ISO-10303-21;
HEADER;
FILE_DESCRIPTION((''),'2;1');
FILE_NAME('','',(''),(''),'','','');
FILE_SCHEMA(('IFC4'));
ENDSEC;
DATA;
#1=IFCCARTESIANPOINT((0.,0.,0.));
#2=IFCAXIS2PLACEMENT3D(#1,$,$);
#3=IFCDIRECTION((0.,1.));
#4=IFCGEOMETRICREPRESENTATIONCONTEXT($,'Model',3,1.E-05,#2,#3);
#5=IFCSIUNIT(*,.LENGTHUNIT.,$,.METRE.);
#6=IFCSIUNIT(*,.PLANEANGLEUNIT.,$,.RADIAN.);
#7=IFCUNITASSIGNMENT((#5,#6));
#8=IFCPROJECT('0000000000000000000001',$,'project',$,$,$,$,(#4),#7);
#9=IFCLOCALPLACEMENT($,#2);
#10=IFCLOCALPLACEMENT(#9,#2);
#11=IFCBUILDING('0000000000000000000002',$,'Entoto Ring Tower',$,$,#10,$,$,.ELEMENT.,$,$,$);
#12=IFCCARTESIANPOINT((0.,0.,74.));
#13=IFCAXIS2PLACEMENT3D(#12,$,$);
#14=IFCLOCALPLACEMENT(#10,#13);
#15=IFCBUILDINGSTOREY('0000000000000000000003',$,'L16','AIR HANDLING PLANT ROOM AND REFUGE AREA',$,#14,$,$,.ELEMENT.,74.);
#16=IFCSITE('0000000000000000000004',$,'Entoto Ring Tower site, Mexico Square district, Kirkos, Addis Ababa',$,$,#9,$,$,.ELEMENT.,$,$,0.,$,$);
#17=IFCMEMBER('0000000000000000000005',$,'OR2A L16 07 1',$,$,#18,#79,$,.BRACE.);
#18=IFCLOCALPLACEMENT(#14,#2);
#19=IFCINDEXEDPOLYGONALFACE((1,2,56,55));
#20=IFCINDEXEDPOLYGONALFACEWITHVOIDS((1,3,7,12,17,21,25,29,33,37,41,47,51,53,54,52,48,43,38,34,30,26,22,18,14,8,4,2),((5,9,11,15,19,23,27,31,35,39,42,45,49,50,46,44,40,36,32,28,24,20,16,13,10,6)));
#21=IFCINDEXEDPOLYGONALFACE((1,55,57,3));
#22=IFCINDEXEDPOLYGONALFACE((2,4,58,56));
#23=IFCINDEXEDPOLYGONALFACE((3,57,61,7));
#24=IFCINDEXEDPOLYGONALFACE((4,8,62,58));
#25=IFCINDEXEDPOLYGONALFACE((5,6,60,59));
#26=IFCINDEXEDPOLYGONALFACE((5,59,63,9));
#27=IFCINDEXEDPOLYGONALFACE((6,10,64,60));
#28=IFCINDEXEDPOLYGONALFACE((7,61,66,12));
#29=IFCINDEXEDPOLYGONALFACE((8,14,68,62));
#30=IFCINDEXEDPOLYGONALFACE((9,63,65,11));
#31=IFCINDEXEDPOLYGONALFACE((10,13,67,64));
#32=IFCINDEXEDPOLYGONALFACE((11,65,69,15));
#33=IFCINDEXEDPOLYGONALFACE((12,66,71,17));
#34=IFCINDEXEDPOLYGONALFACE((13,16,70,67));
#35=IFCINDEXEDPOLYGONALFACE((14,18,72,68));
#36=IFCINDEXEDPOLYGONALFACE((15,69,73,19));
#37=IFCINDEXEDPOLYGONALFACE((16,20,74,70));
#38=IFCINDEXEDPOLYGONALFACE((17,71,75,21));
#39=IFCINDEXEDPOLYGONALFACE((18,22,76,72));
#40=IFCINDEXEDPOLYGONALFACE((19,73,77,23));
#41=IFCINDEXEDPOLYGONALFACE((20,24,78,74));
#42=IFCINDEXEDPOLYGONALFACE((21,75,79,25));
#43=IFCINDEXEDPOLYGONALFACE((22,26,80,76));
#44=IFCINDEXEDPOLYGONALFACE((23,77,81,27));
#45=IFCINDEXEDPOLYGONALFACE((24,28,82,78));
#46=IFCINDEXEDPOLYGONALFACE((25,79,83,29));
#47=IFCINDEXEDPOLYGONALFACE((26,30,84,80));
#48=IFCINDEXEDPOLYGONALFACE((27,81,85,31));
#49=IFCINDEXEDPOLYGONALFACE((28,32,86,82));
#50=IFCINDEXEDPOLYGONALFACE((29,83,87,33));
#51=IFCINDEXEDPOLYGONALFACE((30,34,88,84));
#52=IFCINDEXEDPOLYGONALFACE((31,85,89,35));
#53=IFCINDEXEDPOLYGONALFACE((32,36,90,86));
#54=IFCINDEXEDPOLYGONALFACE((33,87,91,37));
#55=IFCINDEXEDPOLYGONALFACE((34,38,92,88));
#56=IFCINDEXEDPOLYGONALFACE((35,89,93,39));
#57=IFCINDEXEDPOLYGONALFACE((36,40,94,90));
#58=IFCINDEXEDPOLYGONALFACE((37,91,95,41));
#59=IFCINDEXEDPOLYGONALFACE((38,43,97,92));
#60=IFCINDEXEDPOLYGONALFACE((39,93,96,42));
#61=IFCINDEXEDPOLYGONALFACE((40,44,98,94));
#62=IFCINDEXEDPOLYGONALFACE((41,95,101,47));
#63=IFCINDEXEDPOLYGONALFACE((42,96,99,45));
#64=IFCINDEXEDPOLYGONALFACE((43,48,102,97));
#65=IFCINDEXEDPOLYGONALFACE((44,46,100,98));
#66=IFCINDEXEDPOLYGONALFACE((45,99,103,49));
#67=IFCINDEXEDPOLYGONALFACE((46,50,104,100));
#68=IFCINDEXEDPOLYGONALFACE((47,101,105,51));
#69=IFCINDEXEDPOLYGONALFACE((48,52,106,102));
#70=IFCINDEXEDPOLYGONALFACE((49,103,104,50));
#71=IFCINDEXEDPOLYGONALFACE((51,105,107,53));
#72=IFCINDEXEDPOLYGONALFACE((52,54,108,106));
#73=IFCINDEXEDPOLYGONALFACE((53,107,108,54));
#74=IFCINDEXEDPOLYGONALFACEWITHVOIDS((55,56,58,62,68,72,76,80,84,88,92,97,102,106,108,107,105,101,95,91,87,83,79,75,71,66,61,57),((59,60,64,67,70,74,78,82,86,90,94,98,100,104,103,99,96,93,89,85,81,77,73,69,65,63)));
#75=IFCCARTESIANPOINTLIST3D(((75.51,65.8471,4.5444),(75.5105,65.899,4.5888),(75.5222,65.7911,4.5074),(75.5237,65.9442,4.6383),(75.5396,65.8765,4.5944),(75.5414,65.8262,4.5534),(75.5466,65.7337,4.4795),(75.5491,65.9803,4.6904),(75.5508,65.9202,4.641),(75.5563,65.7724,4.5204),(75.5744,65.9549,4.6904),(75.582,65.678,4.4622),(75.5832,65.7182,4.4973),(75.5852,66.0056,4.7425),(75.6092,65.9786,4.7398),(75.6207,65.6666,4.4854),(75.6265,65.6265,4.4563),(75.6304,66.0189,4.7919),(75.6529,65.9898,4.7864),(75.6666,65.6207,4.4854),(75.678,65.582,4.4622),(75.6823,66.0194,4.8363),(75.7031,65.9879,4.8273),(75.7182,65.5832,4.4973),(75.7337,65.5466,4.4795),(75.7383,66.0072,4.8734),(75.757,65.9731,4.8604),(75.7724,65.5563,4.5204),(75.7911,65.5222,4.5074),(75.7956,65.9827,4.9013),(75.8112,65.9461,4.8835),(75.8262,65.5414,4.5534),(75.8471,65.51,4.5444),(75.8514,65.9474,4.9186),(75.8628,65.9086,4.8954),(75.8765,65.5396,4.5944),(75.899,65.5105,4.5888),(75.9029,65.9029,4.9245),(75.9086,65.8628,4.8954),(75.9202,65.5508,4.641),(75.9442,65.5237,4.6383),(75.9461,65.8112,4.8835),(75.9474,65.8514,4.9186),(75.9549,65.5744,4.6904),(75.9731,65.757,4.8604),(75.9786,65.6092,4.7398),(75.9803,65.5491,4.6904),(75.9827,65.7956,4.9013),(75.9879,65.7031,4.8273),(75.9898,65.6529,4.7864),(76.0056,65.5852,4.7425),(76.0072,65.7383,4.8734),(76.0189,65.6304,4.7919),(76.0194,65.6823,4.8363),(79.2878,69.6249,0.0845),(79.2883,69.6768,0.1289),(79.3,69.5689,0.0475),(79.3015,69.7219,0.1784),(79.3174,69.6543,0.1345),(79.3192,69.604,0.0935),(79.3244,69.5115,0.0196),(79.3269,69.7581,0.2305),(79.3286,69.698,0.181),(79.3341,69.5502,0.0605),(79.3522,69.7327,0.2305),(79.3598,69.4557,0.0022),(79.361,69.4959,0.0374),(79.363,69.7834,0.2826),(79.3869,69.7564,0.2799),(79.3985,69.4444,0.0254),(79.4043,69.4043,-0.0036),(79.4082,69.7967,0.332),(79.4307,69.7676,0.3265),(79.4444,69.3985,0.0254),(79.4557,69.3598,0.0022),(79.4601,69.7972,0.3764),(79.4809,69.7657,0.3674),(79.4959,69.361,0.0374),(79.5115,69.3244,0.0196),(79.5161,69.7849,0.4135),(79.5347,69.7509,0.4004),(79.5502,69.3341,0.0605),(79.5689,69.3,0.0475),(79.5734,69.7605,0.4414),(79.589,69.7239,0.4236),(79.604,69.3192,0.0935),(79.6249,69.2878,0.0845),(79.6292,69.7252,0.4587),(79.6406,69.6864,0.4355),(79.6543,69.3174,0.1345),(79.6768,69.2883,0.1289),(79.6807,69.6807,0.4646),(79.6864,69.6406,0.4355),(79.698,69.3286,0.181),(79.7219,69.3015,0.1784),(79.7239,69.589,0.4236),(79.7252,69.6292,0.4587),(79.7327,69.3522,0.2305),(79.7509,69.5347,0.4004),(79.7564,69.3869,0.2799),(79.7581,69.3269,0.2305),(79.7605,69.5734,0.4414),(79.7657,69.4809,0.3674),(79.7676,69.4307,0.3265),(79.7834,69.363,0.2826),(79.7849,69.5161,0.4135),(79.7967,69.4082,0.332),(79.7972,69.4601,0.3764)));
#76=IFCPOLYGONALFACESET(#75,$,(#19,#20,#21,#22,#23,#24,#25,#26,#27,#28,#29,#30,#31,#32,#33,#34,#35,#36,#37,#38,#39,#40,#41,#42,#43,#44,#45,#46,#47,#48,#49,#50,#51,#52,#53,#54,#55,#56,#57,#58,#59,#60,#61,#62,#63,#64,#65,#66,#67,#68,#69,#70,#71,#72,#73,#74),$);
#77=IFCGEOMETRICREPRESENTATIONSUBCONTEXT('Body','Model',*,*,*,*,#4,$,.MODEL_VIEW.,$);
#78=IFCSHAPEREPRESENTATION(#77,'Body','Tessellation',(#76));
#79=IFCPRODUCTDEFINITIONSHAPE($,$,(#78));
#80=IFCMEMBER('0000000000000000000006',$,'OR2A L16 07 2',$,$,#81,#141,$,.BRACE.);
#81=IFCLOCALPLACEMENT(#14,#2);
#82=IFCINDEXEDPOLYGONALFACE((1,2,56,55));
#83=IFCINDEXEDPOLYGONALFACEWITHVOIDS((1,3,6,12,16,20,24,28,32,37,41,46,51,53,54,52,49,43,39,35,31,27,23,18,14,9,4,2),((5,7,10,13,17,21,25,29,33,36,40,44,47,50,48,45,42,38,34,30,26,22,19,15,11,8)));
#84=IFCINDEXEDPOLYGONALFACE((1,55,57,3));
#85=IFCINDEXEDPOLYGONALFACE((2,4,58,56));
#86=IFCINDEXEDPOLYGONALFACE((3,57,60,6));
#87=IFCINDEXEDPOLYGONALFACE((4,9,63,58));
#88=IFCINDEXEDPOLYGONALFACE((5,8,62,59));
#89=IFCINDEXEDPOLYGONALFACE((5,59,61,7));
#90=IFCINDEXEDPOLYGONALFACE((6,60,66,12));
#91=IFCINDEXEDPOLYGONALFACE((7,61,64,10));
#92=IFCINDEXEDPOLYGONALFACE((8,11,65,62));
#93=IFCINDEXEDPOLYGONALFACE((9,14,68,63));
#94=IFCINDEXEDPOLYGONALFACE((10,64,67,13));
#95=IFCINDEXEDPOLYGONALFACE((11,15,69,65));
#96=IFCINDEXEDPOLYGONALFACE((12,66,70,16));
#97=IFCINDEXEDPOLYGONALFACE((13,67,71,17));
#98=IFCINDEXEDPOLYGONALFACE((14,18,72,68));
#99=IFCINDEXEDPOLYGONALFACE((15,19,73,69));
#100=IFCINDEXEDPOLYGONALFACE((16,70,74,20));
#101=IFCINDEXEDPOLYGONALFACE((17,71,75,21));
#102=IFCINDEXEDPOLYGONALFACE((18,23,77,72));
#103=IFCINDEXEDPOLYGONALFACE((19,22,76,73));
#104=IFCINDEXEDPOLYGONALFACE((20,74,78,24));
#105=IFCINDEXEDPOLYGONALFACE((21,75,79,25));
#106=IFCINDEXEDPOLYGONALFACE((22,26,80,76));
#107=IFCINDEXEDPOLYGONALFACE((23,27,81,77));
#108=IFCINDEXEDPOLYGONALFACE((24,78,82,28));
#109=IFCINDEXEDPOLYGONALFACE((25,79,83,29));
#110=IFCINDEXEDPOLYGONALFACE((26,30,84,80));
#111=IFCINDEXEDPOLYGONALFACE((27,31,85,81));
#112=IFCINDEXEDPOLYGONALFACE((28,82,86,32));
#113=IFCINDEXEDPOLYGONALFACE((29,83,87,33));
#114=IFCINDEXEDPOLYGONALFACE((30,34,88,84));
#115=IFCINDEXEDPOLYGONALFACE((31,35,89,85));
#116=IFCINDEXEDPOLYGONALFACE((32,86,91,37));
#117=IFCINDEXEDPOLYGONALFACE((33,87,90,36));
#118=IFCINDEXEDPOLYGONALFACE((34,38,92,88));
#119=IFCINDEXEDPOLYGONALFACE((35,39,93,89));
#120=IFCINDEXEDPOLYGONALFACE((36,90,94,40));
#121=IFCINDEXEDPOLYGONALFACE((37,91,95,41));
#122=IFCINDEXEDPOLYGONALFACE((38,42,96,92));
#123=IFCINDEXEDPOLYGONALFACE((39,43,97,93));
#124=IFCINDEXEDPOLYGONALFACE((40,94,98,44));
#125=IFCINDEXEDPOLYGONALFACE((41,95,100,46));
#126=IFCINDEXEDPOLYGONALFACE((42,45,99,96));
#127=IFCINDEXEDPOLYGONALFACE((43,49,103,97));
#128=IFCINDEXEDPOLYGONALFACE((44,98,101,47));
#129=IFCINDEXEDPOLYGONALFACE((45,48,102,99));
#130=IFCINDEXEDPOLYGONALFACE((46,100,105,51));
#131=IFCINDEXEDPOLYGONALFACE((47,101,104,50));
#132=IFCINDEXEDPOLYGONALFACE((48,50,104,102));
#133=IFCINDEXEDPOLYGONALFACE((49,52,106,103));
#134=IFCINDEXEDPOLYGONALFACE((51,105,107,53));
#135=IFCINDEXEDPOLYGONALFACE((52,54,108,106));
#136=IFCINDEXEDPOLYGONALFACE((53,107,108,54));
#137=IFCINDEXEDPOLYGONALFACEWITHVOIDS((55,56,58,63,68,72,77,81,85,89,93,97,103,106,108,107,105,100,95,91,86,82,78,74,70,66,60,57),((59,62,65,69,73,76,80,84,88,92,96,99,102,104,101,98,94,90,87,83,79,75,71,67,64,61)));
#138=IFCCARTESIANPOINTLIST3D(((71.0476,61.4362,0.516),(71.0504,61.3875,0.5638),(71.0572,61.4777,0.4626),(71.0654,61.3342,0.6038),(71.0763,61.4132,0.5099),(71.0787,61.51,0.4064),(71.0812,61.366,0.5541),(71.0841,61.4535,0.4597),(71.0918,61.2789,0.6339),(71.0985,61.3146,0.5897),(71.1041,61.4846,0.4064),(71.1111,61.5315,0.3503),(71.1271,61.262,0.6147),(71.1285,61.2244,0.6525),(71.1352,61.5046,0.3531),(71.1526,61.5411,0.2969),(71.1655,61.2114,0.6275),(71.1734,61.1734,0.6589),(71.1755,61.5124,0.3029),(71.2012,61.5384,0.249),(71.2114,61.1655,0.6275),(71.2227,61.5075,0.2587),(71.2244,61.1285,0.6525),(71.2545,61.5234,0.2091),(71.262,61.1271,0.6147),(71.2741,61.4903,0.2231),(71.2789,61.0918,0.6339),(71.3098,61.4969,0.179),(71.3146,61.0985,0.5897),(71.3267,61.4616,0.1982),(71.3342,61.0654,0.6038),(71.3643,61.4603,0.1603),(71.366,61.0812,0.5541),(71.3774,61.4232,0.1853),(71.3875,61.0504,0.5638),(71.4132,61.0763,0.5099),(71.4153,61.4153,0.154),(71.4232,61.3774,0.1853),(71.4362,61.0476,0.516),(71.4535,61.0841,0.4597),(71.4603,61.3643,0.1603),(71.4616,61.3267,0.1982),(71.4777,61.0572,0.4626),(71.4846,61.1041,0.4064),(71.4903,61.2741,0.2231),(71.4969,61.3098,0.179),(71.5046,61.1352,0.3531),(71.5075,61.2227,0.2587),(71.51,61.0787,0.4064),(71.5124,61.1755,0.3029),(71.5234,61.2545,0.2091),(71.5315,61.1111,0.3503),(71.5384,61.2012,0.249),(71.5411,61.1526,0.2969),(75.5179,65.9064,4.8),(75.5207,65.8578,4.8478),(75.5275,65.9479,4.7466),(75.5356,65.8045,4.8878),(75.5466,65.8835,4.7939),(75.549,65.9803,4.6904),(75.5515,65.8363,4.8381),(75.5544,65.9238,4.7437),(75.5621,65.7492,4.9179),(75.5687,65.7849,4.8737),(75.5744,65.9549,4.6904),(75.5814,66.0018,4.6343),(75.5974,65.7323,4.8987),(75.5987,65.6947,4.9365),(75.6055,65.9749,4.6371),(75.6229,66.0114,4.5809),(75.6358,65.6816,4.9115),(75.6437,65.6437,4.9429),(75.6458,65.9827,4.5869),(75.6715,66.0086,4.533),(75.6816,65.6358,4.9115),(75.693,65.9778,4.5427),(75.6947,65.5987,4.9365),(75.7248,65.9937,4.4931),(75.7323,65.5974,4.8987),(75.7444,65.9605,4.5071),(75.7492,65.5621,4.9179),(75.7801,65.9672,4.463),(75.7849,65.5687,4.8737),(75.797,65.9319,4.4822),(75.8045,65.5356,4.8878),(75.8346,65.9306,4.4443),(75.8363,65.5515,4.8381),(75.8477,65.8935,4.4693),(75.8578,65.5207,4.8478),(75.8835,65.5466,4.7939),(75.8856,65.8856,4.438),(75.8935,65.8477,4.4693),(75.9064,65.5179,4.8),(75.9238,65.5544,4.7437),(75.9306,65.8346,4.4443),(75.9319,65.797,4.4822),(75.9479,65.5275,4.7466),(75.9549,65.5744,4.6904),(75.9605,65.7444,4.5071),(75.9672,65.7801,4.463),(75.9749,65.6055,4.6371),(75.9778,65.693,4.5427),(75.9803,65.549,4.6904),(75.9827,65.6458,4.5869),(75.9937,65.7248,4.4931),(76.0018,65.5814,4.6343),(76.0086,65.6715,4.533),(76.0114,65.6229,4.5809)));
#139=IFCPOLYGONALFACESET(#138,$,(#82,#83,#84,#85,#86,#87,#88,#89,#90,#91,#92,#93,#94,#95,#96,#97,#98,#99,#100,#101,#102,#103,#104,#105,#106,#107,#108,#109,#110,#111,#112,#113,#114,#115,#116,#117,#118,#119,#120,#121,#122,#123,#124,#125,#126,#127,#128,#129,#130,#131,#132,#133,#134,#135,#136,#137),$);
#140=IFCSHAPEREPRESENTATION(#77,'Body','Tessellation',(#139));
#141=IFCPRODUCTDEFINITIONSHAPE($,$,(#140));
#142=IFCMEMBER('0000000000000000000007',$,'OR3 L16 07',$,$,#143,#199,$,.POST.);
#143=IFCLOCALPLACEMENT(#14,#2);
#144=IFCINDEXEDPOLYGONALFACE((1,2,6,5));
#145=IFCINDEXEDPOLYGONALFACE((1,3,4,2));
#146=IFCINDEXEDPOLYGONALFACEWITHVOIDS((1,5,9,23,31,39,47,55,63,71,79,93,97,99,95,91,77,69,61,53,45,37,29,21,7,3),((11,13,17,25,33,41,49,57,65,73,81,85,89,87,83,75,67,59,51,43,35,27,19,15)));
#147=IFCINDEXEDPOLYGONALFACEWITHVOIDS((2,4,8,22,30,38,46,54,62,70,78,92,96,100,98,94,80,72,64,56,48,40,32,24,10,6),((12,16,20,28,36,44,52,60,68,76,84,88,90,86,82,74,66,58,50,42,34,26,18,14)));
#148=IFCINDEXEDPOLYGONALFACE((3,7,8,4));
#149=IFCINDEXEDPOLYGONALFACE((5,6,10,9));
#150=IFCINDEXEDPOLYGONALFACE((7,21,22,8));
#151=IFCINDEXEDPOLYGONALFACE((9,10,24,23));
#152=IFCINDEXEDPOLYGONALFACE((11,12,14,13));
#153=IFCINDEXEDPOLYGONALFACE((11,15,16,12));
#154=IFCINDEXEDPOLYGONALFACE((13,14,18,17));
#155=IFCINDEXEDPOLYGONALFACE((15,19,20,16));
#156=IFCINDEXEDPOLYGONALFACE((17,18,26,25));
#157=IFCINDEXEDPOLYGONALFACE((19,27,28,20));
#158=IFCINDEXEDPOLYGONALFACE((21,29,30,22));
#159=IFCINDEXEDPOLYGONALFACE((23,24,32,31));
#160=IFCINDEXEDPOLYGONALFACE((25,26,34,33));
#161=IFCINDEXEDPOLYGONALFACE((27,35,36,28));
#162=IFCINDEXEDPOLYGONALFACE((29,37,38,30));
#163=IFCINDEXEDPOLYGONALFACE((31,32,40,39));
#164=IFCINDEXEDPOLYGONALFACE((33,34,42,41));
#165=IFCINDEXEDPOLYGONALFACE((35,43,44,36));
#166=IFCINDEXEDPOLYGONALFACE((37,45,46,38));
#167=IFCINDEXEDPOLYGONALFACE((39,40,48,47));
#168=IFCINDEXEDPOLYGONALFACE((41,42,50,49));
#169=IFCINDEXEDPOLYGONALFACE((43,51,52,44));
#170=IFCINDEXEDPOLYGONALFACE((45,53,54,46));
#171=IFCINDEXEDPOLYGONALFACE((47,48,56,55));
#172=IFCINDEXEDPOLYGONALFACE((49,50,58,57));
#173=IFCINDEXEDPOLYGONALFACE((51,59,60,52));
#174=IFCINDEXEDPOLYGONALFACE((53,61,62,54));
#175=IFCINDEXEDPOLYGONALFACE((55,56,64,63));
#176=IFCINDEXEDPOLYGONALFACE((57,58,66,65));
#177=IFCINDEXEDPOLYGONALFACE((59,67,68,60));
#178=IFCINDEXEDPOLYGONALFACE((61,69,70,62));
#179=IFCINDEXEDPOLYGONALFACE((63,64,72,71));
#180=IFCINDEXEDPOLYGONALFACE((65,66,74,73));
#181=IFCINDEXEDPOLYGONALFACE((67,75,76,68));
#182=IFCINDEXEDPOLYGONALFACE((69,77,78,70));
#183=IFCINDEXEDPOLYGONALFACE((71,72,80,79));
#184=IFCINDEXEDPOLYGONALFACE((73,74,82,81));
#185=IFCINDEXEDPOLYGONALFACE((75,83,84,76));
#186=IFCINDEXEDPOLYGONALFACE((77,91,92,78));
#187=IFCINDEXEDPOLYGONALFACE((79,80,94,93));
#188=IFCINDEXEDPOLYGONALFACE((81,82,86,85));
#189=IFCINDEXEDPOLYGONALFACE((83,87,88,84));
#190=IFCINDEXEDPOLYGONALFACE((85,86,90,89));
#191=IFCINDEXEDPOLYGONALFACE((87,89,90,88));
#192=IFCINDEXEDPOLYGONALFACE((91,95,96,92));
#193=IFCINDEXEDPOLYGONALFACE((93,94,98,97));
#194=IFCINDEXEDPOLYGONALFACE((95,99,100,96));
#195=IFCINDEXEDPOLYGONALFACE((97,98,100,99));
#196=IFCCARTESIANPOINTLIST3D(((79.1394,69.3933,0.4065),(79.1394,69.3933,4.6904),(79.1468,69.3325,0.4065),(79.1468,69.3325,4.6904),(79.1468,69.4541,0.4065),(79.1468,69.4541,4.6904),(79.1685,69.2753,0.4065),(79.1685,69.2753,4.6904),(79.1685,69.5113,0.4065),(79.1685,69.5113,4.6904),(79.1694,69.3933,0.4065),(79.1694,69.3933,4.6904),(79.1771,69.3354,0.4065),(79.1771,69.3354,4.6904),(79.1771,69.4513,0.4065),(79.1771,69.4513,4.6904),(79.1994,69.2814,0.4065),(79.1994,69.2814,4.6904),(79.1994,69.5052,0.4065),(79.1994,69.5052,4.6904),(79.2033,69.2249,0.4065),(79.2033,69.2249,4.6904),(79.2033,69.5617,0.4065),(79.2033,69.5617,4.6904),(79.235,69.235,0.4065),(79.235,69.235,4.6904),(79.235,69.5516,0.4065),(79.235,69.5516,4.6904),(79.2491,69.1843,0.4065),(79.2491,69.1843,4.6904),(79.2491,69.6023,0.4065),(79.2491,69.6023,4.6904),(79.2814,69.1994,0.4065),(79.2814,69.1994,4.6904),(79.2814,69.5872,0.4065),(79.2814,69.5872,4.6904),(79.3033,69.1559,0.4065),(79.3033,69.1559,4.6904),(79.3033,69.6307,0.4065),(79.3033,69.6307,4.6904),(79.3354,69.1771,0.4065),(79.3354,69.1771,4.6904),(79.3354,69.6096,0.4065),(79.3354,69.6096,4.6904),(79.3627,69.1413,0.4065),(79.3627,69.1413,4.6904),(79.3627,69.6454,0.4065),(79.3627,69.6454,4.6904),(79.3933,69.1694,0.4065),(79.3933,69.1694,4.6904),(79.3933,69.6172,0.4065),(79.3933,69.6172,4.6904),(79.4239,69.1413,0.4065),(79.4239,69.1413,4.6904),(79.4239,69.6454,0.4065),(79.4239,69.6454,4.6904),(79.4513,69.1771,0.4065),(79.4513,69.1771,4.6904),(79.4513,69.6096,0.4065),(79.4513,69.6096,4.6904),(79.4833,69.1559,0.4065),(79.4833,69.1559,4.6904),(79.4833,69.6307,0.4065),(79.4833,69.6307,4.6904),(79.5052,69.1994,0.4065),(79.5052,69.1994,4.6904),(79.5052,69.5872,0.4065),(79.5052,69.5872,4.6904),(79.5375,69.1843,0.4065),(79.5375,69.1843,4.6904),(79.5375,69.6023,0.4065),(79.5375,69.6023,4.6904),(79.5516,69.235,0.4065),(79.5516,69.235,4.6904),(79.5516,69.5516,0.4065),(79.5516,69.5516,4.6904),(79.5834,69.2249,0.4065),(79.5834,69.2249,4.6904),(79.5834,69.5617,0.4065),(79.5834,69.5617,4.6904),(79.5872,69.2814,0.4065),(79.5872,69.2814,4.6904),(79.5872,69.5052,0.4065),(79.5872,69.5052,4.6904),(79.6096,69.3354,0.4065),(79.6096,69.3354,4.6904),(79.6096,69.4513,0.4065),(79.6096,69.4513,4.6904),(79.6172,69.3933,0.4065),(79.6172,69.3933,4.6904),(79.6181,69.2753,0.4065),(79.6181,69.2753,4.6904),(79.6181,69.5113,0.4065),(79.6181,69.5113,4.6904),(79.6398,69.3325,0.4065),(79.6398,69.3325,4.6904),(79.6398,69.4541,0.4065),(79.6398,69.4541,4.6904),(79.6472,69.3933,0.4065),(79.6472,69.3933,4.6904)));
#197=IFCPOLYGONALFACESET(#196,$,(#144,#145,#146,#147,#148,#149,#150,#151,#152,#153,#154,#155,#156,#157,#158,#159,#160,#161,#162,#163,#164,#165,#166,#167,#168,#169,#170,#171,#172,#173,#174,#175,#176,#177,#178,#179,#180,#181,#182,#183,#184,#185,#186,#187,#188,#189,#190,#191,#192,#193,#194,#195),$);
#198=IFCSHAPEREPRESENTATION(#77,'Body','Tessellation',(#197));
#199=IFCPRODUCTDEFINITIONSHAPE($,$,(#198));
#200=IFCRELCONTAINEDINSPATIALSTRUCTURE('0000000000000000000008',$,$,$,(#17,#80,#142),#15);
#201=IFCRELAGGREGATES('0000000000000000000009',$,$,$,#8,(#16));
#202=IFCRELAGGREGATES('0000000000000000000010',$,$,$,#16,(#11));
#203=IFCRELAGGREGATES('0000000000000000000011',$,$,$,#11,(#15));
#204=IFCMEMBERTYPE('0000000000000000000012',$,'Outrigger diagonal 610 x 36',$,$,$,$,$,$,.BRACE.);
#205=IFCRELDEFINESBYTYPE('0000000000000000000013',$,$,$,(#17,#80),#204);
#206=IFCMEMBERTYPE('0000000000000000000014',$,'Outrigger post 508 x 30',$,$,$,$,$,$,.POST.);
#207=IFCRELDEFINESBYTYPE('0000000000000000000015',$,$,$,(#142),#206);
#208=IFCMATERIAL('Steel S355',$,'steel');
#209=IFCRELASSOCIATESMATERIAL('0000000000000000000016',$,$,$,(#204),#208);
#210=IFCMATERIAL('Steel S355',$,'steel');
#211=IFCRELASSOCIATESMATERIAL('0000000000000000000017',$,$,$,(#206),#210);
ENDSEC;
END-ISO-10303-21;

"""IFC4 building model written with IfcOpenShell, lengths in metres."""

from ifc_helpers import new_model, si_unit, direction, frame, origin, origin_2d, place, context, subcontext, project, spatial, circle, hollow_circle, extrude, material, material_profile, profile_set, type_object, element, save


model = new_model("IFC4")

# Units and contexts
model_context = context("Model", 3, precision=1e-05, world=origin(), true_north=direction((0.0, 1.0)))
body_context = subcontext(model_context, "Body", "Model", "MODEL_VIEW")
ifc_project = project(units=[si_unit("LENGTHUNIT", "METRE"), si_unit("PLANEANGLEUNIT", "RADIAN")], contexts=[model_context])

# Site, building, storey
site_placement = place(None, origin())
site = spatial("IfcSite", under=ifc_project, at=site_placement, Name="Entoto Ring Tower site, Mexico Square district, Kirkos, Addis Ababa", CompositionType="ELEMENT", RefElevation=0.0)
building_placement = place(site_placement, origin())
building = spatial("IfcBuilding", under=site, at=building_placement, Name="Entoto Ring Tower", CompositionType="ELEMENT")
storey_placement = place(building_placement, frame((0.0, 0.0, 74.0)))
storey = spatial("IfcBuildingStorey", under=building, at=storey_placement, Name="L16", Description="AIR HANDLING PLANT ROOM AND REFUGE AREA", CompositionType="ELEMENT", Elevation=74.0)

# Members
ifc_material_1 = material(Name="Steel S355", Category="steel")
ifc_material_profile_1 = material_profile(ifc_material_1, hollow_circle(Radius=0.3049, WallThickness=0.0359, at=origin_2d()), Name="CHS 610 x 36")
ifc_material_2 = material(Name="Concrete C60/75", Category="concrete")
ifc_material_profile_2 = material_profile(ifc_material_2, circle(Radius=0.269, at=origin_2d()), Name="Concrete C60/75 infill")
ifc_profile_set_1 = profile_set([ifc_material_profile_1, ifc_material_profile_2], Name="Steel S355")
member_type_1 = type_object("IfcMemberType", Name="Outrigger diagonal 610 x 36", PredefinedType="BRACE", material=ifc_profile_set_1)
member_1_placement = place(storey_placement, frame((79.5425, 69.5425, 0.2305), z_axis=(-0.542827, -0.542827, 0.640841), x_axis=(0.707107, -0.707107, 0.0)))
element("IfcMember", 1, at=member_1_placement, inside=storey, type_object=member_type_1, Name="OR2A L16 07 1", PredefinedType="BRACE", context=body_context, shape_type="SweptSolid", body=[
    extrude(hollow_circle(Radius=0.3049, WallThickness=0.0359, at=origin_2d()), origin(), (0.0, 0.0, 1.0), 6.9595),
])
member_2_placement = place(storey_placement, frame((75.7646, 65.7646, 4.6904), z_axis=(-0.585367, -0.585367, -0.560974), x_axis=(0.707107, -0.707107, 0.0)))
element("IfcMember", 2, at=member_2_placement, inside=storey, type_object=member_type_1, Name="OR2A L16 07 2", PredefinedType="BRACE", context=body_context, shape_type="SweptSolid", body=[
    extrude(hollow_circle(Radius=0.3049, WallThickness=0.0359, at=origin_2d()), origin(), (0.0, 0.0, 1.0), 7.6367),
])
ifc_material_3 = material(Name="Steel S355", Category="steel")
ifc_material_profile_3 = material_profile(ifc_material_3, hollow_circle(Radius=0.2539, WallThickness=0.03, at=origin_2d()), Name="CHS 508 x 30")
ifc_material_4 = material(Name="Concrete C60/75", Category="concrete")
ifc_material_profile_4 = material_profile(ifc_material_4, circle(Radius=0.2241, at=origin_2d()), Name="Concrete C60/75 infill")
ifc_profile_set_2 = profile_set([ifc_material_profile_3, ifc_material_profile_4], Name="Steel S355")
member_type_2 = type_object("IfcMemberType", Name="Outrigger post 508 x 30", PredefinedType="POST", material=ifc_profile_set_2)
member_3_placement = place(storey_placement, frame((79.3933, 69.3933, 0.4065), z_axis=(0.0, 0.0, 1.0), x_axis=(1.0, 0.0, 0.0)))
element("IfcMember", 3, at=member_3_placement, inside=storey, type_object=member_type_2, Name="OR3 L16 07", PredefinedType="POST", context=body_context, shape_type="SweptSolid", body=[
    extrude(hollow_circle(Radius=0.2539, WallThickness=0.03, at=origin_2d()), origin(), (0.0, 0.0, 1.0), 4.2839),
])

save(model, "model.ifc")
